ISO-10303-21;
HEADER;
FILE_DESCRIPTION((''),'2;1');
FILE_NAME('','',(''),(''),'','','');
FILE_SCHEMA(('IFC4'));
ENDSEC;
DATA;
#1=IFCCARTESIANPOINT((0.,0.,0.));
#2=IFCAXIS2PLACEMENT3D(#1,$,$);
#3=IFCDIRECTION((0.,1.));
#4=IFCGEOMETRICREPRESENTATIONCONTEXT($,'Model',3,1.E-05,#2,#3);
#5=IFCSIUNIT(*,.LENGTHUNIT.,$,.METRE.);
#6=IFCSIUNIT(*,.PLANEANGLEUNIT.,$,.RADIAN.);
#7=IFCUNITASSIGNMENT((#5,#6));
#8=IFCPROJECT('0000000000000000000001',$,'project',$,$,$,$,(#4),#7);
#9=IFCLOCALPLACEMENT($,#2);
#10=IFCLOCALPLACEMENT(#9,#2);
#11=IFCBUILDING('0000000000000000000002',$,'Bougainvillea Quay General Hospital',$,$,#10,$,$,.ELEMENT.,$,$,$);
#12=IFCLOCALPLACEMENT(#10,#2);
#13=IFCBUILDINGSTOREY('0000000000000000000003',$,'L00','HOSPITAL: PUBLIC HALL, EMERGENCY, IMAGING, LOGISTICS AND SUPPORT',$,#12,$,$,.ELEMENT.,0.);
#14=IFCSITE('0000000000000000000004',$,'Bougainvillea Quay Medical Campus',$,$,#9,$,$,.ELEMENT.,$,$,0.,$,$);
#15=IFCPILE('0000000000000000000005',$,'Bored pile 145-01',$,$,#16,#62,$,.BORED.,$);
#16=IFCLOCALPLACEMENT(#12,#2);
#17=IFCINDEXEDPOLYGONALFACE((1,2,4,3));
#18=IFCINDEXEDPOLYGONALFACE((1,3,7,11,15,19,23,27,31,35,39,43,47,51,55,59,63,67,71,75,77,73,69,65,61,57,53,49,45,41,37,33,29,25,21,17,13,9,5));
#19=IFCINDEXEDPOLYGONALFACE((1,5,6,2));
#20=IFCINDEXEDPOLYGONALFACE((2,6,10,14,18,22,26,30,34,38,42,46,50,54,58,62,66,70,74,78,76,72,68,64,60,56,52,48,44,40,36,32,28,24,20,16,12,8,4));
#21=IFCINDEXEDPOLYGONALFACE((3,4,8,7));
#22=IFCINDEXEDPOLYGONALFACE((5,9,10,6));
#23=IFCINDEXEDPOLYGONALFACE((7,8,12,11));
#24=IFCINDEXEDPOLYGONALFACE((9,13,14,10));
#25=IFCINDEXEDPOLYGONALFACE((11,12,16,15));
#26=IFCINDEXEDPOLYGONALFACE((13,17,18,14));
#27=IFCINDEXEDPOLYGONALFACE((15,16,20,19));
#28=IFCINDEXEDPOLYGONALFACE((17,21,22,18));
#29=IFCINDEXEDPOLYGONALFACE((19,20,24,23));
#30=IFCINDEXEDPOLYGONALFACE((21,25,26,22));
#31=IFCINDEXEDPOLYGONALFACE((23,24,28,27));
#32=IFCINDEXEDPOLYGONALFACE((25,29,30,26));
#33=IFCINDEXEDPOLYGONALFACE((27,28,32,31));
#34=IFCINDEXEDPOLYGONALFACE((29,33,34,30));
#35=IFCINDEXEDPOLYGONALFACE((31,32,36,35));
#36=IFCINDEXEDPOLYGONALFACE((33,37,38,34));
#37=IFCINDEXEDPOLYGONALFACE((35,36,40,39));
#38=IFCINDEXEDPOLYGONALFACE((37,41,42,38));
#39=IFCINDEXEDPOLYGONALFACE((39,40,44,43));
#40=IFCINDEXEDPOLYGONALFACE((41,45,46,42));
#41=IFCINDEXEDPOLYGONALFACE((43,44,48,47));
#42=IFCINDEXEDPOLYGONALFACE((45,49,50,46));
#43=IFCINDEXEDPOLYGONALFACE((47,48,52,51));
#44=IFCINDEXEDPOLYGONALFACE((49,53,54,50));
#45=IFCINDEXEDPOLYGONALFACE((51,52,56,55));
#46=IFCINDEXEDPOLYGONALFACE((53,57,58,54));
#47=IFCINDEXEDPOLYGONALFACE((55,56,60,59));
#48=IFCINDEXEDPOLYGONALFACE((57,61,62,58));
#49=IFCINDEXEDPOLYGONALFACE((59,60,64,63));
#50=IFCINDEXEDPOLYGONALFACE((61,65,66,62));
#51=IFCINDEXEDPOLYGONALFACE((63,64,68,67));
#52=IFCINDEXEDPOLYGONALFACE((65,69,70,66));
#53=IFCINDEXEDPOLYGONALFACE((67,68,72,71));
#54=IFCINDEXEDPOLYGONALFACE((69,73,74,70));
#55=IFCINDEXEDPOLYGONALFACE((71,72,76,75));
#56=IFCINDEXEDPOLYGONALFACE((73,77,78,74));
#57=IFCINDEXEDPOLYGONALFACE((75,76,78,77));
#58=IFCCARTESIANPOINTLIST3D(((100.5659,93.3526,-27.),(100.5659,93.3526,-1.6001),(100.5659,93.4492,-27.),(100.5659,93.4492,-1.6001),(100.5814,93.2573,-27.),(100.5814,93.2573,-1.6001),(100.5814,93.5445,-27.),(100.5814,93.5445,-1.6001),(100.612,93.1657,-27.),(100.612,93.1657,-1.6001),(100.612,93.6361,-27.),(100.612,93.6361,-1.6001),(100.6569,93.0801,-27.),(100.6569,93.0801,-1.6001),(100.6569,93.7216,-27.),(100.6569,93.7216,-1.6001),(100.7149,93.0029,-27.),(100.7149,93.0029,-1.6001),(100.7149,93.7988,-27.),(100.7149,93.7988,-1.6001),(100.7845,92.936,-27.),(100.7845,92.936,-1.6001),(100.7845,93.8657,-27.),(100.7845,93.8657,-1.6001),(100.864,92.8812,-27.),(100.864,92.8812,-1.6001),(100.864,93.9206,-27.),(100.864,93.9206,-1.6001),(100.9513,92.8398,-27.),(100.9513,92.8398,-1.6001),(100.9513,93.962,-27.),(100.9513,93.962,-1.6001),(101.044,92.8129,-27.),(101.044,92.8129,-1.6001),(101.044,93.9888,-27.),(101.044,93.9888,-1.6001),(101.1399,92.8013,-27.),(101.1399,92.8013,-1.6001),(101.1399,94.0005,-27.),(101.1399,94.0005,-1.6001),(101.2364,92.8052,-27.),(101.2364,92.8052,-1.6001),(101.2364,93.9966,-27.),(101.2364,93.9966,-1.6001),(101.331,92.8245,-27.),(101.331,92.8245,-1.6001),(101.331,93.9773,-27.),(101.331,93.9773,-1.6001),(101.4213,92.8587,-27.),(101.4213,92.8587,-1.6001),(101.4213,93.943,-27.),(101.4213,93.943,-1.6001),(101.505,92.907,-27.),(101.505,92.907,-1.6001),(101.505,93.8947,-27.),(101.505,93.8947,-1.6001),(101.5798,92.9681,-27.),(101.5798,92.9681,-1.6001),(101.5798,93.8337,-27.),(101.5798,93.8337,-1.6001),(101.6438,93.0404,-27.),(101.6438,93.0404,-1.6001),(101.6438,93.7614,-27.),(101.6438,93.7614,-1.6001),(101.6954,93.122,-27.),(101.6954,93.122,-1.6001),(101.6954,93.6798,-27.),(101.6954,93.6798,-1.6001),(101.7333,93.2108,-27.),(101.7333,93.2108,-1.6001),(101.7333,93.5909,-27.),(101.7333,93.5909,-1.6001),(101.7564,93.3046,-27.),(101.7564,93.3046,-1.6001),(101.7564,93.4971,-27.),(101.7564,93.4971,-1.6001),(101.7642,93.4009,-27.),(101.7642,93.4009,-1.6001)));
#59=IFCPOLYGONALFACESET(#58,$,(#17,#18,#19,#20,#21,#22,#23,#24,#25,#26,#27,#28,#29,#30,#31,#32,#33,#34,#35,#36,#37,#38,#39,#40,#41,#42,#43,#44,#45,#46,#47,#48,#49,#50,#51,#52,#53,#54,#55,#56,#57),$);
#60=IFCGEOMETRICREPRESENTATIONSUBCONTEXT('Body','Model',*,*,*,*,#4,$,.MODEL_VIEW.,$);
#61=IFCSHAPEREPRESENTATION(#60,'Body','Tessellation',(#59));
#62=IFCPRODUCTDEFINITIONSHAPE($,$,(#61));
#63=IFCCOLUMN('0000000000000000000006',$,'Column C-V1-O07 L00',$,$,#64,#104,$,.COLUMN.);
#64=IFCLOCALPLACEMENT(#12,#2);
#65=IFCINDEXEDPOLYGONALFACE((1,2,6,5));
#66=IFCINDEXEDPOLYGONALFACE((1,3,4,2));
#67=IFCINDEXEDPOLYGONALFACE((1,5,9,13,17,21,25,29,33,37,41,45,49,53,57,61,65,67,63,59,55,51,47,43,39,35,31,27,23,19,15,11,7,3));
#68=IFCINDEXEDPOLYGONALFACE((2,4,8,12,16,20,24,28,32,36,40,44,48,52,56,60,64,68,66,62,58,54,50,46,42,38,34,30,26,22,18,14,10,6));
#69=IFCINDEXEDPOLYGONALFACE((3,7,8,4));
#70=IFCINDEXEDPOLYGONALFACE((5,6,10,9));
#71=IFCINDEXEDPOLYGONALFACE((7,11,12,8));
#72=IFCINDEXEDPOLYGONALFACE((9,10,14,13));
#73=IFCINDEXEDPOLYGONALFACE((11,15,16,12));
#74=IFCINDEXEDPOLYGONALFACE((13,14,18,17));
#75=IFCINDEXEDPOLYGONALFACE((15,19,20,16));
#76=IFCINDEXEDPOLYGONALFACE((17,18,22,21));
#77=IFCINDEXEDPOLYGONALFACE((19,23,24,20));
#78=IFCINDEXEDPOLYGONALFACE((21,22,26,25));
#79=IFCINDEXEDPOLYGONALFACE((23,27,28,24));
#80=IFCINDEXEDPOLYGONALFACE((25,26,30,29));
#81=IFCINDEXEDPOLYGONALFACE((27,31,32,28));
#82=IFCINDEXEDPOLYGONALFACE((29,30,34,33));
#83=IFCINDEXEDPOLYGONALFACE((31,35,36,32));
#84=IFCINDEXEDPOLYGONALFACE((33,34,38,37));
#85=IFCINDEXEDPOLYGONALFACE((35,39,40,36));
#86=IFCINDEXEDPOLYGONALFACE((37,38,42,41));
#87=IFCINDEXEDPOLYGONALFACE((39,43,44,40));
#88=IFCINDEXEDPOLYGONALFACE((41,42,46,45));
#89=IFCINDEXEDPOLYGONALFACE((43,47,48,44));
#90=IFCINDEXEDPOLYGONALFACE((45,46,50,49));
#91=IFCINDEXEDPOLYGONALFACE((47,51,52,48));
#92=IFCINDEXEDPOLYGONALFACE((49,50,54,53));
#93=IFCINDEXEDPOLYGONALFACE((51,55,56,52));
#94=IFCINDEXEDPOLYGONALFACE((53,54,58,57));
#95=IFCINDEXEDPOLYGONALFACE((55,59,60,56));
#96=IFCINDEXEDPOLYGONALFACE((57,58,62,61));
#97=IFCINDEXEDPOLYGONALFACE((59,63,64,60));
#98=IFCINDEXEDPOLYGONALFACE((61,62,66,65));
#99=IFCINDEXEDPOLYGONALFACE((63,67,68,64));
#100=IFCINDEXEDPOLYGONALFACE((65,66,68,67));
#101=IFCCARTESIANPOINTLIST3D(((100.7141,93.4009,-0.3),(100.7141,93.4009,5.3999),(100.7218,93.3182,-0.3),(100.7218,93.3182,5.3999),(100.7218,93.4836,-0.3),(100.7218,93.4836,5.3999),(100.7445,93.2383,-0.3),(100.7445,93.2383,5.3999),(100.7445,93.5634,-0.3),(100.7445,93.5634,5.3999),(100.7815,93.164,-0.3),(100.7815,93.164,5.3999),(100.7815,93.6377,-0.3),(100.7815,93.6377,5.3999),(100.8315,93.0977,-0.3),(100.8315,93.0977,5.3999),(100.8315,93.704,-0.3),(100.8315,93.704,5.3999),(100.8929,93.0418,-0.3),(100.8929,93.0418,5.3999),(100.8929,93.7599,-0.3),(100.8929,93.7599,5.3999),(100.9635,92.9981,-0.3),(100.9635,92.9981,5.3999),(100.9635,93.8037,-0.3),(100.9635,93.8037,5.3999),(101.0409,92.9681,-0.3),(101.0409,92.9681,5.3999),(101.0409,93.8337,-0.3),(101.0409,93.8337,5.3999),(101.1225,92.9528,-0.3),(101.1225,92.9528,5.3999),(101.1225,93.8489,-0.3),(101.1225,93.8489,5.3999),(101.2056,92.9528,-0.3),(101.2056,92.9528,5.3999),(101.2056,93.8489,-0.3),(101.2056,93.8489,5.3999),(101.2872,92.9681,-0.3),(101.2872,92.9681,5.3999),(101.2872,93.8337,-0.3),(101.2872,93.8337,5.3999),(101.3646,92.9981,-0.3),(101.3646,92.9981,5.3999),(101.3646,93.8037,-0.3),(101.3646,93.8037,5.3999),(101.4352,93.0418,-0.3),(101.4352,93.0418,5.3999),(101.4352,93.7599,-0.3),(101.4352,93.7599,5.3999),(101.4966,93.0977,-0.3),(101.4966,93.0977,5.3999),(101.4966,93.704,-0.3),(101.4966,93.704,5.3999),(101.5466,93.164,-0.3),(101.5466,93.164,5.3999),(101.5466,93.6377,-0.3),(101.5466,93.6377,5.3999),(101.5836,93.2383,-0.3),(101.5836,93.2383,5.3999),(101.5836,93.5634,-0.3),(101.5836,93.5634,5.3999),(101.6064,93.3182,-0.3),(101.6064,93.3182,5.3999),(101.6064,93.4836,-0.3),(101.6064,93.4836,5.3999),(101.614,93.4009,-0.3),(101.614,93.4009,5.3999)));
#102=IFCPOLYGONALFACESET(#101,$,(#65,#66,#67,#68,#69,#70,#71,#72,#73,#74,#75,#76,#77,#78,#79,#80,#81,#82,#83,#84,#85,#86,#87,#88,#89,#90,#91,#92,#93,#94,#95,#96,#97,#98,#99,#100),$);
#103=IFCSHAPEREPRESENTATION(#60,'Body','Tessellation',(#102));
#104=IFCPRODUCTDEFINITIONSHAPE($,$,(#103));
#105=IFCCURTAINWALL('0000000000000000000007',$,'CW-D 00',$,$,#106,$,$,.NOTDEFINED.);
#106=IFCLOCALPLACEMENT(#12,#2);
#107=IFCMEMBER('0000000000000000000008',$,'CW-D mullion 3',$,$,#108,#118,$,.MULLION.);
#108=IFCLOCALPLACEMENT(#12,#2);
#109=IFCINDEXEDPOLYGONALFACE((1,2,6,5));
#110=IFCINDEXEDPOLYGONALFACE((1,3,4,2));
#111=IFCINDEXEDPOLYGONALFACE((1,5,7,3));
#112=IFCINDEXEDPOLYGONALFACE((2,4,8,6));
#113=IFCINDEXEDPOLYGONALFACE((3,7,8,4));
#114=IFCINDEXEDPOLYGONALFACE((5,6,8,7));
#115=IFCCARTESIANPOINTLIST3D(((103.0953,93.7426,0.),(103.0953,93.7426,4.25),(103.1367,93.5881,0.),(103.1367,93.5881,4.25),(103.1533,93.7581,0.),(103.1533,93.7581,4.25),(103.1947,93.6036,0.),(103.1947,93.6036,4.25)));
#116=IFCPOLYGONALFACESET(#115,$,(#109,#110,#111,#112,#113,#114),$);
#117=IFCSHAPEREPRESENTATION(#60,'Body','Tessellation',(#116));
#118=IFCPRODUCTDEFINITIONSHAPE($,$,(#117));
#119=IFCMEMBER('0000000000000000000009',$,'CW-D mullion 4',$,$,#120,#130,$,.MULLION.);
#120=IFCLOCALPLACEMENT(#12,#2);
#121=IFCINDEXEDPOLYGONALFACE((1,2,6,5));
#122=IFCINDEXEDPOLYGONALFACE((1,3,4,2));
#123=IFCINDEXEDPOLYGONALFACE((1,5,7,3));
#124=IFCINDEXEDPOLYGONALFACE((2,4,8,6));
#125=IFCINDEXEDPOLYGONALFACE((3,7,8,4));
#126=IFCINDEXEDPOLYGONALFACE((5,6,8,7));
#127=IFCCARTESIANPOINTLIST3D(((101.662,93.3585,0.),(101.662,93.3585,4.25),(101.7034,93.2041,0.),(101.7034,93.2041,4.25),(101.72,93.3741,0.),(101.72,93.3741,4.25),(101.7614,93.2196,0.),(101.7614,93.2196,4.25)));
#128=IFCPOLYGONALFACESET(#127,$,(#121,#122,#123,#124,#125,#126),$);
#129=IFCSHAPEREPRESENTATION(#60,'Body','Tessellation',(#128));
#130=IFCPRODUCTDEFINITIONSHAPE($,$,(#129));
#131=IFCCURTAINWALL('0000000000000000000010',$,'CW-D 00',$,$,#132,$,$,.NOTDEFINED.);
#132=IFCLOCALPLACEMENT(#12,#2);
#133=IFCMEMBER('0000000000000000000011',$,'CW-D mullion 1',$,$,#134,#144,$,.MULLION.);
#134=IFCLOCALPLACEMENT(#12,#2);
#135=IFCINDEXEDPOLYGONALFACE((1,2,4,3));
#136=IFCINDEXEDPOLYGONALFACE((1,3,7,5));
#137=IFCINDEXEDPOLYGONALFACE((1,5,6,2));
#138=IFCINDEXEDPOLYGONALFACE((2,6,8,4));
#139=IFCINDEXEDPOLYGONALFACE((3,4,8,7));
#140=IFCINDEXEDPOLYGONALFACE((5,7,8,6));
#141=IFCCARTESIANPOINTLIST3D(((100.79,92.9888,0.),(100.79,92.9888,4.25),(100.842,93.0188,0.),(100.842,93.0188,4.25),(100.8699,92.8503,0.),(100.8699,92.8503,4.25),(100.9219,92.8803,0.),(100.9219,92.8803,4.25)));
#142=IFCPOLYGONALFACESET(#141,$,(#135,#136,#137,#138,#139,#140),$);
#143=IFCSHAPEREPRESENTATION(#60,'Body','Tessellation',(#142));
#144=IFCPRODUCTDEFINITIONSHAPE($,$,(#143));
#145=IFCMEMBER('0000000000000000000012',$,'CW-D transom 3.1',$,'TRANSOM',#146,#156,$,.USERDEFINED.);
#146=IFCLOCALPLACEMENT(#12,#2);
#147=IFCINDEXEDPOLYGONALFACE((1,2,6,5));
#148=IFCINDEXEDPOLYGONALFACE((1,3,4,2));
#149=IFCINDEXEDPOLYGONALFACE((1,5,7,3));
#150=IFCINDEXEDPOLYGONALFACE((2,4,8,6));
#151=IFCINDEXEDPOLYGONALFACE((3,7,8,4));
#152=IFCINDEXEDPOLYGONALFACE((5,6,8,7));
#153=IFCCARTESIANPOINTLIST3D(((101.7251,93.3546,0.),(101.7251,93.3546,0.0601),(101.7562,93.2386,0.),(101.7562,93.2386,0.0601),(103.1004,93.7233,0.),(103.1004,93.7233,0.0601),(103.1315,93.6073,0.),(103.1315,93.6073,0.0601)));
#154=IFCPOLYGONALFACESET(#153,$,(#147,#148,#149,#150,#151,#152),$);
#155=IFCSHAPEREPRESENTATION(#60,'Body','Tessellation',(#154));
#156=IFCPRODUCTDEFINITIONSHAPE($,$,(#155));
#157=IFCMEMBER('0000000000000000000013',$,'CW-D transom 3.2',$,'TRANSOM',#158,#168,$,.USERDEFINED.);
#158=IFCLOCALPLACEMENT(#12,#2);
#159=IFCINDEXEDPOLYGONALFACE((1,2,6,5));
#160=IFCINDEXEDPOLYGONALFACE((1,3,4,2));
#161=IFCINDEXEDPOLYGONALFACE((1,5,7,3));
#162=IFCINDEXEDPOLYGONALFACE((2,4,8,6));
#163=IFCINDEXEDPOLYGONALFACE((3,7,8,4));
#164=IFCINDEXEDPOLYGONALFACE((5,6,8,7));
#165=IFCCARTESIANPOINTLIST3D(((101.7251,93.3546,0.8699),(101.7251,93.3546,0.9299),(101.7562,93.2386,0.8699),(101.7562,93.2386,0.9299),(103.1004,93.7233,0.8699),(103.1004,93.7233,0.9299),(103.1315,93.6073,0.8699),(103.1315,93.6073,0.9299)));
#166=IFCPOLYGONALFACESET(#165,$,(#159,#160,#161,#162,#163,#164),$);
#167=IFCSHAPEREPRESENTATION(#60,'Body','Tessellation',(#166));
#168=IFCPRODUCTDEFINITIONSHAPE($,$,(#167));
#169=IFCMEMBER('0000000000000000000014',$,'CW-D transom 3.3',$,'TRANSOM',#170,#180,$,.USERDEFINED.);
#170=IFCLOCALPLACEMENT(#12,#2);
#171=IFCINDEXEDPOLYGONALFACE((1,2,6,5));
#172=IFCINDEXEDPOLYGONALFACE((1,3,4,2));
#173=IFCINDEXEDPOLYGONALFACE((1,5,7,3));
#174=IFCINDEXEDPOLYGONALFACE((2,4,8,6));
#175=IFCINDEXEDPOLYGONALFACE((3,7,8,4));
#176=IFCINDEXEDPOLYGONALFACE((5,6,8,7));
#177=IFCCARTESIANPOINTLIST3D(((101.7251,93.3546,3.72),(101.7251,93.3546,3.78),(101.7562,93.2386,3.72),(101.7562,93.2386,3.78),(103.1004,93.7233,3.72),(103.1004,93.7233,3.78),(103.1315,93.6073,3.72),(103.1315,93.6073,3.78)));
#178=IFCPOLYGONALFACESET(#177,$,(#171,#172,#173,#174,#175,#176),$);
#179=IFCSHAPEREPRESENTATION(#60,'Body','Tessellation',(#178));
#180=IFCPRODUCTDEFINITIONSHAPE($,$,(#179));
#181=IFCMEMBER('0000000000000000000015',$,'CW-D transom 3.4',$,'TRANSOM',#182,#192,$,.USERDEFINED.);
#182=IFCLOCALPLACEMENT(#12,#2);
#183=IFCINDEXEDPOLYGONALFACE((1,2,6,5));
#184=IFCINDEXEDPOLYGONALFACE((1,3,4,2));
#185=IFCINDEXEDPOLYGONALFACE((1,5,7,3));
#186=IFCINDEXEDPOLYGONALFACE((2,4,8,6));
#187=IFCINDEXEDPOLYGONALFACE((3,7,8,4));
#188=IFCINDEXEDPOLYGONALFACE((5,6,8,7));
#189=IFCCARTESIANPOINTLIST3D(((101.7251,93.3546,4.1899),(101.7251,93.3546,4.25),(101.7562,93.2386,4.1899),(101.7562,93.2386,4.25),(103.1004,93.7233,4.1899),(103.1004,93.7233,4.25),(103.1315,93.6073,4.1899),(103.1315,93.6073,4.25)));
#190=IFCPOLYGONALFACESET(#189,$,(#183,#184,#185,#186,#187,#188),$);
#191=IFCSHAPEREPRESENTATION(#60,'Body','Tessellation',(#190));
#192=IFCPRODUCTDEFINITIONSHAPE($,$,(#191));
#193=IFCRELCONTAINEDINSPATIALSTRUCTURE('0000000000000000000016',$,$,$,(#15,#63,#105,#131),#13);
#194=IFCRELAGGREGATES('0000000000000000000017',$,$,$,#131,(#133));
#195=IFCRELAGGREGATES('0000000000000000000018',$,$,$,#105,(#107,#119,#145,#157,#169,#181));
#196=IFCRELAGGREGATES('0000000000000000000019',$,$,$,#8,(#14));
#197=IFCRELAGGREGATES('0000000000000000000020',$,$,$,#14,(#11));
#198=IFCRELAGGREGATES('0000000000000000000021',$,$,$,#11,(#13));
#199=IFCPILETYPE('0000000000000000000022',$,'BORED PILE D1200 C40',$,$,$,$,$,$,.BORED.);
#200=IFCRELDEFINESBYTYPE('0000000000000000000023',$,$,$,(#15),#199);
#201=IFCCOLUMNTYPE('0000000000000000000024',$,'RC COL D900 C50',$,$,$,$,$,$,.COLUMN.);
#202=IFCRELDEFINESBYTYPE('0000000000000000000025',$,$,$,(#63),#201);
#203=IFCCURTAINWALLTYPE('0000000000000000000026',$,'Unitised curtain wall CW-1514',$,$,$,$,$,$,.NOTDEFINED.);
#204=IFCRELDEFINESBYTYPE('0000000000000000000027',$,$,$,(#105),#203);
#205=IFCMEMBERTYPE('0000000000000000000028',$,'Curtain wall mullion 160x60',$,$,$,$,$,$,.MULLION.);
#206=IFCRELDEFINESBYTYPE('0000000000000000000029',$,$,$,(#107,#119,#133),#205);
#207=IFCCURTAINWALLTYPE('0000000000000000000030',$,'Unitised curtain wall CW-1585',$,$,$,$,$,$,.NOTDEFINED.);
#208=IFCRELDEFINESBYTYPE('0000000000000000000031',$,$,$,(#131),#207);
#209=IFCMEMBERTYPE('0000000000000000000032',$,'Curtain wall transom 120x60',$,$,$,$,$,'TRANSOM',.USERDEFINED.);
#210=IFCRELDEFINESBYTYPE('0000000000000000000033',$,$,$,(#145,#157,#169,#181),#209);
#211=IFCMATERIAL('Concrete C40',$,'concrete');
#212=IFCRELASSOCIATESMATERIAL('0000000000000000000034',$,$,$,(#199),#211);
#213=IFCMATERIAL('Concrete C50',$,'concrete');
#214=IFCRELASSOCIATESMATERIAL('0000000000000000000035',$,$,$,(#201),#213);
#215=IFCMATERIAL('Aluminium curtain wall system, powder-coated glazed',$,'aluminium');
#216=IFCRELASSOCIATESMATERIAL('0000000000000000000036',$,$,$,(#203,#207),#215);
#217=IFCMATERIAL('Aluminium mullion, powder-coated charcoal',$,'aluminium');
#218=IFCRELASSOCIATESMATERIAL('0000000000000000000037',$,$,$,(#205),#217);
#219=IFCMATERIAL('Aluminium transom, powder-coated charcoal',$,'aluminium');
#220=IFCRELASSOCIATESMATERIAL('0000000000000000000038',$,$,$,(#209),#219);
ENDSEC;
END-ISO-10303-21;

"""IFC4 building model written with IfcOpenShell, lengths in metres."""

from ifc_helpers import new_model, si_unit, direction, frame, origin, origin_2d, place, context, subcontext, project, spatial, rectangle, circle, extrude, material, material_profile, profile_set, type_object, element, aggregate, save


model = new_model("IFC4")

# Units and contexts
model_context = context("Model", 3, precision=1e-05, world=origin(), true_north=direction((0.0, 1.0)))
body_context = subcontext(model_context, "Body", "Model", "MODEL_VIEW")
ifc_project = project(units=[si_unit("LENGTHUNIT", "METRE"), si_unit("PLANEANGLEUNIT", "RADIAN")], contexts=[model_context])

# Site, building, storey
site_placement = place(None, origin())
site = spatial("IfcSite", under=ifc_project, at=site_placement, Name="Bougainvillea Quay Medical Campus", CompositionType="ELEMENT", RefElevation=0.0)
building_placement = place(site_placement, origin())
building = spatial("IfcBuilding", under=site, at=building_placement, Name="Bougainvillea Quay General Hospital", CompositionType="ELEMENT")
storey_placement = place(building_placement, origin())
storey = spatial("IfcBuildingStorey", under=building, at=storey_placement, Name="L00", Description="HOSPITAL: PUBLIC HALL, EMERGENCY, IMAGING, LOGISTICS AND SUPPORT", CompositionType="ELEMENT", Elevation=0.0)

# Pile
ifc_material_1 = material(Name="Concrete C40", Category="concrete")
ifc_material_profile_1 = material_profile(ifc_material_1, circle(Radius=0.6001, at=origin_2d()))
ifc_profile_set_1 = profile_set([ifc_material_profile_1], Name="Concrete C40")
pile_type = type_object("IfcPileType", Name="BORED PILE D1200 C40", PredefinedType="BORED", material=ifc_profile_set_1)
pile_placement = place(storey_placement, frame((101.1641, 93.4009, -1.6001), z_axis=(0.0, 0.0, -1.0), x_axis=(1.0, 0.0, 0.0)))
element("IfcPile", 1, at=pile_placement, inside=storey, type_object=pile_type, Name="Bored pile 145-01", PredefinedType="BORED", context=body_context, shape_type="SweptSolid", body=[
    extrude(circle(Radius=0.6001, at=origin_2d()), origin(), (0.0, 0.0, 1.0), 25.3999),
])

# Column
ifc_material_2 = material(Name="Concrete C50", Category="concrete")
ifc_material_profile_2 = material_profile(ifc_material_2, circle(Radius=0.45, at=origin_2d()))
ifc_profile_set_2 = profile_set([ifc_material_profile_2], Name="Concrete C50")
column_type = type_object("IfcColumnType", Name="RC COL D900 C50", PredefinedType="COLUMN", material=ifc_profile_set_2)
column_placement = place(storey_placement, frame((101.1641, 93.4009, -0.3), z_axis=(0.0, 0.0, 1.0), x_axis=(1.0, 0.0, 0.0)))
element("IfcColumn", 2, at=column_placement, inside=storey, type_object=column_type, Name="Column C-V1-O07 L00", PredefinedType="COLUMN", context=body_context, shape_type="SweptSolid", body=[
    extrude(circle(Radius=0.45, at=origin_2d()), origin(), (0.0, 0.0, 1.0), 5.7),
])

# Curtain wall, members
ifc_material_3 = material(Name="Aluminium curtain wall system, powder-coated glazed", Category="aluminium")
curtain_wall_type_1 = type_object("IfcCurtainWallType", Name="Unitised curtain wall CW-1514", PredefinedType="NOTDEFINED", material=ifc_material_3)
curtain_wall_1_placement = place(storey_placement, origin())
curtain_wall_1 = element("IfcCurtainWall", 3, at=curtain_wall_1_placement, inside=storey, type_object=curtain_wall_type_1, Name="CW-D 00", PredefinedType="NOTDEFINED")
ifc_material_4 = material(Name="Aluminium mullion, powder-coated charcoal", Category="aluminium")
ifc_material_profile_3 = material_profile(ifc_material_4, rectangle(XDim=0.1599, YDim=0.0601, at=origin_2d()))
ifc_profile_set_3 = profile_set([ifc_material_profile_3], Name="Aluminium mullion, powder-coated charcoal")
member_type_1 = type_object("IfcMemberType", Name="Curtain wall mullion 160x60", PredefinedType="MULLION", material=ifc_profile_set_3)
member_1_placement = place(storey_placement, frame((103.145, 93.6731, 0.0), z_axis=(0.0, 0.0, 1.0), x_axis=(0.258855, -0.965916, 0.0)))
member_1 = element("IfcMember", 4, at=member_1_placement, type_object=member_type_1, Name="CW-D mullion 3", PredefinedType="MULLION", context=body_context, shape_type="SweptSolid", body=[
    extrude(rectangle(XDim=0.1599, YDim=0.0601, at=origin_2d()), origin(), (0.0, 0.0, 1.0), 4.25),
])
member_2_placement = place(storey_placement, frame((101.7117, 93.2891, 0.0), z_axis=(0.0, 0.0, 1.0), x_axis=(0.258855, -0.965916, 0.0)))
member_2 = element("IfcMember", 5, at=member_2_placement, type_object=member_type_1, Name="CW-D mullion 4", PredefinedType="MULLION", context=body_context, shape_type="SweptSolid", body=[
    extrude(rectangle(XDim=0.1599, YDim=0.0601, at=origin_2d()), origin(), (0.0, 0.0, 1.0), 4.25),
])

# Curtain wall, member
curtain_wall_type_2 = type_object("IfcCurtainWallType", Name="Unitised curtain wall CW-1585", PredefinedType="NOTDEFINED", material=ifc_material_3)
curtain_wall_2_placement = place(storey_placement, origin())
curtain_wall_2 = element("IfcCurtainWall", 6, at=curtain_wall_2_placement, inside=storey, type_object=curtain_wall_type_2, Name="CW-D 00", PredefinedType="NOTDEFINED")
member_3_placement = place(storey_placement, frame((100.856, 92.9346, 0.0), z_axis=(0.0, 0.0, 1.0), x_axis=(0.499965, -0.866046, 0.0)))
member_3 = element("IfcMember", 7, at=member_3_placement, type_object=member_type_1, Name="CW-D mullion 1", PredefinedType="MULLION", context=body_context, shape_type="SweptSolid", body=[
    extrude(rectangle(XDim=0.1599, YDim=0.0601, at=origin_2d()), origin(), (0.0, 0.0, 1.0), 4.25),
])

# Members
ifc_material_5 = material(Name="Aluminium transom, powder-coated charcoal", Category="aluminium")
ifc_material_profile_4 = material_profile(ifc_material_5, rectangle(XDim=0.1201, YDim=0.0601, at=origin_2d()))
ifc_profile_set_4 = profile_set([ifc_material_profile_4], Name="Aluminium transom, powder-coated charcoal")
member_type_2 = type_object("IfcMemberType", Name="Curtain wall transom 120x60", ElementType="TRANSOM", PredefinedType="USERDEFINED", material=ifc_profile_set_4)
member_4_placement = place(storey_placement, frame((103.116, 93.6653, 0.03), z_axis=(-0.965898, -0.258922, 0.0), x_axis=(0.258922, -0.965898, 0.0)))
member_4 = element("IfcMember", 8, at=member_4_placement, type_object=member_type_2, Name="CW-D transom 3.1", ObjectType="TRANSOM", PredefinedType="USERDEFINED", context=body_context, shape_type="SweptSolid", body=[
    extrude(rectangle(XDim=0.1201, YDim=0.0601, at=origin_2d()), origin(), (0.0, 0.0, 1.0), 1.4238),
])
member_5_placement = place(storey_placement, frame((103.116, 93.6653, 0.8999), z_axis=(-0.965898, -0.258922, 0.0), x_axis=(0.258922, -0.965898, 0.0)))
member_5 = element("IfcMember", 9, at=member_5_placement, type_object=member_type_2, Name="CW-D transom 3.2", ObjectType="TRANSOM", PredefinedType="USERDEFINED", context=body_context, shape_type="SweptSolid", body=[
    extrude(rectangle(XDim=0.1201, YDim=0.0601, at=origin_2d()), origin(), (0.0, 0.0, 1.0), 1.4238),
])
member_6_placement = place(storey_placement, frame((103.116, 93.6653, 3.75), z_axis=(-0.965898, -0.258922, 0.0), x_axis=(0.258922, -0.965898, 0.0)))
member_6 = element("IfcMember", 10, at=member_6_placement, type_object=member_type_2, Name="CW-D transom 3.3", ObjectType="TRANSOM", PredefinedType="USERDEFINED", context=body_context, shape_type="SweptSolid", body=[
    extrude(rectangle(XDim=0.1201, YDim=0.0601, at=origin_2d()), origin(), (0.0, 0.0, 1.0), 1.4238),
])
member_7_placement = place(storey_placement, frame((103.116, 93.6653, 4.22), z_axis=(-0.965898, -0.258922, 0.0), x_axis=(0.258922, -0.965898, 0.0)))
member_7 = element("IfcMember", 11, at=member_7_placement, type_object=member_type_2, Name="CW-D transom 3.4", ObjectType="TRANSOM", PredefinedType="USERDEFINED", context=body_context, shape_type="SweptSolid", body=[
    extrude(rectangle(XDim=0.1201, YDim=0.0601, at=origin_2d()), origin(), (0.0, 0.0, 1.0), 1.4238),
])

aggregate(curtain_wall_2, [member_3])
aggregate(curtain_wall_1, [member_1, member_2, member_4, member_5, member_6, member_7])

save(model, "model.ifc")
